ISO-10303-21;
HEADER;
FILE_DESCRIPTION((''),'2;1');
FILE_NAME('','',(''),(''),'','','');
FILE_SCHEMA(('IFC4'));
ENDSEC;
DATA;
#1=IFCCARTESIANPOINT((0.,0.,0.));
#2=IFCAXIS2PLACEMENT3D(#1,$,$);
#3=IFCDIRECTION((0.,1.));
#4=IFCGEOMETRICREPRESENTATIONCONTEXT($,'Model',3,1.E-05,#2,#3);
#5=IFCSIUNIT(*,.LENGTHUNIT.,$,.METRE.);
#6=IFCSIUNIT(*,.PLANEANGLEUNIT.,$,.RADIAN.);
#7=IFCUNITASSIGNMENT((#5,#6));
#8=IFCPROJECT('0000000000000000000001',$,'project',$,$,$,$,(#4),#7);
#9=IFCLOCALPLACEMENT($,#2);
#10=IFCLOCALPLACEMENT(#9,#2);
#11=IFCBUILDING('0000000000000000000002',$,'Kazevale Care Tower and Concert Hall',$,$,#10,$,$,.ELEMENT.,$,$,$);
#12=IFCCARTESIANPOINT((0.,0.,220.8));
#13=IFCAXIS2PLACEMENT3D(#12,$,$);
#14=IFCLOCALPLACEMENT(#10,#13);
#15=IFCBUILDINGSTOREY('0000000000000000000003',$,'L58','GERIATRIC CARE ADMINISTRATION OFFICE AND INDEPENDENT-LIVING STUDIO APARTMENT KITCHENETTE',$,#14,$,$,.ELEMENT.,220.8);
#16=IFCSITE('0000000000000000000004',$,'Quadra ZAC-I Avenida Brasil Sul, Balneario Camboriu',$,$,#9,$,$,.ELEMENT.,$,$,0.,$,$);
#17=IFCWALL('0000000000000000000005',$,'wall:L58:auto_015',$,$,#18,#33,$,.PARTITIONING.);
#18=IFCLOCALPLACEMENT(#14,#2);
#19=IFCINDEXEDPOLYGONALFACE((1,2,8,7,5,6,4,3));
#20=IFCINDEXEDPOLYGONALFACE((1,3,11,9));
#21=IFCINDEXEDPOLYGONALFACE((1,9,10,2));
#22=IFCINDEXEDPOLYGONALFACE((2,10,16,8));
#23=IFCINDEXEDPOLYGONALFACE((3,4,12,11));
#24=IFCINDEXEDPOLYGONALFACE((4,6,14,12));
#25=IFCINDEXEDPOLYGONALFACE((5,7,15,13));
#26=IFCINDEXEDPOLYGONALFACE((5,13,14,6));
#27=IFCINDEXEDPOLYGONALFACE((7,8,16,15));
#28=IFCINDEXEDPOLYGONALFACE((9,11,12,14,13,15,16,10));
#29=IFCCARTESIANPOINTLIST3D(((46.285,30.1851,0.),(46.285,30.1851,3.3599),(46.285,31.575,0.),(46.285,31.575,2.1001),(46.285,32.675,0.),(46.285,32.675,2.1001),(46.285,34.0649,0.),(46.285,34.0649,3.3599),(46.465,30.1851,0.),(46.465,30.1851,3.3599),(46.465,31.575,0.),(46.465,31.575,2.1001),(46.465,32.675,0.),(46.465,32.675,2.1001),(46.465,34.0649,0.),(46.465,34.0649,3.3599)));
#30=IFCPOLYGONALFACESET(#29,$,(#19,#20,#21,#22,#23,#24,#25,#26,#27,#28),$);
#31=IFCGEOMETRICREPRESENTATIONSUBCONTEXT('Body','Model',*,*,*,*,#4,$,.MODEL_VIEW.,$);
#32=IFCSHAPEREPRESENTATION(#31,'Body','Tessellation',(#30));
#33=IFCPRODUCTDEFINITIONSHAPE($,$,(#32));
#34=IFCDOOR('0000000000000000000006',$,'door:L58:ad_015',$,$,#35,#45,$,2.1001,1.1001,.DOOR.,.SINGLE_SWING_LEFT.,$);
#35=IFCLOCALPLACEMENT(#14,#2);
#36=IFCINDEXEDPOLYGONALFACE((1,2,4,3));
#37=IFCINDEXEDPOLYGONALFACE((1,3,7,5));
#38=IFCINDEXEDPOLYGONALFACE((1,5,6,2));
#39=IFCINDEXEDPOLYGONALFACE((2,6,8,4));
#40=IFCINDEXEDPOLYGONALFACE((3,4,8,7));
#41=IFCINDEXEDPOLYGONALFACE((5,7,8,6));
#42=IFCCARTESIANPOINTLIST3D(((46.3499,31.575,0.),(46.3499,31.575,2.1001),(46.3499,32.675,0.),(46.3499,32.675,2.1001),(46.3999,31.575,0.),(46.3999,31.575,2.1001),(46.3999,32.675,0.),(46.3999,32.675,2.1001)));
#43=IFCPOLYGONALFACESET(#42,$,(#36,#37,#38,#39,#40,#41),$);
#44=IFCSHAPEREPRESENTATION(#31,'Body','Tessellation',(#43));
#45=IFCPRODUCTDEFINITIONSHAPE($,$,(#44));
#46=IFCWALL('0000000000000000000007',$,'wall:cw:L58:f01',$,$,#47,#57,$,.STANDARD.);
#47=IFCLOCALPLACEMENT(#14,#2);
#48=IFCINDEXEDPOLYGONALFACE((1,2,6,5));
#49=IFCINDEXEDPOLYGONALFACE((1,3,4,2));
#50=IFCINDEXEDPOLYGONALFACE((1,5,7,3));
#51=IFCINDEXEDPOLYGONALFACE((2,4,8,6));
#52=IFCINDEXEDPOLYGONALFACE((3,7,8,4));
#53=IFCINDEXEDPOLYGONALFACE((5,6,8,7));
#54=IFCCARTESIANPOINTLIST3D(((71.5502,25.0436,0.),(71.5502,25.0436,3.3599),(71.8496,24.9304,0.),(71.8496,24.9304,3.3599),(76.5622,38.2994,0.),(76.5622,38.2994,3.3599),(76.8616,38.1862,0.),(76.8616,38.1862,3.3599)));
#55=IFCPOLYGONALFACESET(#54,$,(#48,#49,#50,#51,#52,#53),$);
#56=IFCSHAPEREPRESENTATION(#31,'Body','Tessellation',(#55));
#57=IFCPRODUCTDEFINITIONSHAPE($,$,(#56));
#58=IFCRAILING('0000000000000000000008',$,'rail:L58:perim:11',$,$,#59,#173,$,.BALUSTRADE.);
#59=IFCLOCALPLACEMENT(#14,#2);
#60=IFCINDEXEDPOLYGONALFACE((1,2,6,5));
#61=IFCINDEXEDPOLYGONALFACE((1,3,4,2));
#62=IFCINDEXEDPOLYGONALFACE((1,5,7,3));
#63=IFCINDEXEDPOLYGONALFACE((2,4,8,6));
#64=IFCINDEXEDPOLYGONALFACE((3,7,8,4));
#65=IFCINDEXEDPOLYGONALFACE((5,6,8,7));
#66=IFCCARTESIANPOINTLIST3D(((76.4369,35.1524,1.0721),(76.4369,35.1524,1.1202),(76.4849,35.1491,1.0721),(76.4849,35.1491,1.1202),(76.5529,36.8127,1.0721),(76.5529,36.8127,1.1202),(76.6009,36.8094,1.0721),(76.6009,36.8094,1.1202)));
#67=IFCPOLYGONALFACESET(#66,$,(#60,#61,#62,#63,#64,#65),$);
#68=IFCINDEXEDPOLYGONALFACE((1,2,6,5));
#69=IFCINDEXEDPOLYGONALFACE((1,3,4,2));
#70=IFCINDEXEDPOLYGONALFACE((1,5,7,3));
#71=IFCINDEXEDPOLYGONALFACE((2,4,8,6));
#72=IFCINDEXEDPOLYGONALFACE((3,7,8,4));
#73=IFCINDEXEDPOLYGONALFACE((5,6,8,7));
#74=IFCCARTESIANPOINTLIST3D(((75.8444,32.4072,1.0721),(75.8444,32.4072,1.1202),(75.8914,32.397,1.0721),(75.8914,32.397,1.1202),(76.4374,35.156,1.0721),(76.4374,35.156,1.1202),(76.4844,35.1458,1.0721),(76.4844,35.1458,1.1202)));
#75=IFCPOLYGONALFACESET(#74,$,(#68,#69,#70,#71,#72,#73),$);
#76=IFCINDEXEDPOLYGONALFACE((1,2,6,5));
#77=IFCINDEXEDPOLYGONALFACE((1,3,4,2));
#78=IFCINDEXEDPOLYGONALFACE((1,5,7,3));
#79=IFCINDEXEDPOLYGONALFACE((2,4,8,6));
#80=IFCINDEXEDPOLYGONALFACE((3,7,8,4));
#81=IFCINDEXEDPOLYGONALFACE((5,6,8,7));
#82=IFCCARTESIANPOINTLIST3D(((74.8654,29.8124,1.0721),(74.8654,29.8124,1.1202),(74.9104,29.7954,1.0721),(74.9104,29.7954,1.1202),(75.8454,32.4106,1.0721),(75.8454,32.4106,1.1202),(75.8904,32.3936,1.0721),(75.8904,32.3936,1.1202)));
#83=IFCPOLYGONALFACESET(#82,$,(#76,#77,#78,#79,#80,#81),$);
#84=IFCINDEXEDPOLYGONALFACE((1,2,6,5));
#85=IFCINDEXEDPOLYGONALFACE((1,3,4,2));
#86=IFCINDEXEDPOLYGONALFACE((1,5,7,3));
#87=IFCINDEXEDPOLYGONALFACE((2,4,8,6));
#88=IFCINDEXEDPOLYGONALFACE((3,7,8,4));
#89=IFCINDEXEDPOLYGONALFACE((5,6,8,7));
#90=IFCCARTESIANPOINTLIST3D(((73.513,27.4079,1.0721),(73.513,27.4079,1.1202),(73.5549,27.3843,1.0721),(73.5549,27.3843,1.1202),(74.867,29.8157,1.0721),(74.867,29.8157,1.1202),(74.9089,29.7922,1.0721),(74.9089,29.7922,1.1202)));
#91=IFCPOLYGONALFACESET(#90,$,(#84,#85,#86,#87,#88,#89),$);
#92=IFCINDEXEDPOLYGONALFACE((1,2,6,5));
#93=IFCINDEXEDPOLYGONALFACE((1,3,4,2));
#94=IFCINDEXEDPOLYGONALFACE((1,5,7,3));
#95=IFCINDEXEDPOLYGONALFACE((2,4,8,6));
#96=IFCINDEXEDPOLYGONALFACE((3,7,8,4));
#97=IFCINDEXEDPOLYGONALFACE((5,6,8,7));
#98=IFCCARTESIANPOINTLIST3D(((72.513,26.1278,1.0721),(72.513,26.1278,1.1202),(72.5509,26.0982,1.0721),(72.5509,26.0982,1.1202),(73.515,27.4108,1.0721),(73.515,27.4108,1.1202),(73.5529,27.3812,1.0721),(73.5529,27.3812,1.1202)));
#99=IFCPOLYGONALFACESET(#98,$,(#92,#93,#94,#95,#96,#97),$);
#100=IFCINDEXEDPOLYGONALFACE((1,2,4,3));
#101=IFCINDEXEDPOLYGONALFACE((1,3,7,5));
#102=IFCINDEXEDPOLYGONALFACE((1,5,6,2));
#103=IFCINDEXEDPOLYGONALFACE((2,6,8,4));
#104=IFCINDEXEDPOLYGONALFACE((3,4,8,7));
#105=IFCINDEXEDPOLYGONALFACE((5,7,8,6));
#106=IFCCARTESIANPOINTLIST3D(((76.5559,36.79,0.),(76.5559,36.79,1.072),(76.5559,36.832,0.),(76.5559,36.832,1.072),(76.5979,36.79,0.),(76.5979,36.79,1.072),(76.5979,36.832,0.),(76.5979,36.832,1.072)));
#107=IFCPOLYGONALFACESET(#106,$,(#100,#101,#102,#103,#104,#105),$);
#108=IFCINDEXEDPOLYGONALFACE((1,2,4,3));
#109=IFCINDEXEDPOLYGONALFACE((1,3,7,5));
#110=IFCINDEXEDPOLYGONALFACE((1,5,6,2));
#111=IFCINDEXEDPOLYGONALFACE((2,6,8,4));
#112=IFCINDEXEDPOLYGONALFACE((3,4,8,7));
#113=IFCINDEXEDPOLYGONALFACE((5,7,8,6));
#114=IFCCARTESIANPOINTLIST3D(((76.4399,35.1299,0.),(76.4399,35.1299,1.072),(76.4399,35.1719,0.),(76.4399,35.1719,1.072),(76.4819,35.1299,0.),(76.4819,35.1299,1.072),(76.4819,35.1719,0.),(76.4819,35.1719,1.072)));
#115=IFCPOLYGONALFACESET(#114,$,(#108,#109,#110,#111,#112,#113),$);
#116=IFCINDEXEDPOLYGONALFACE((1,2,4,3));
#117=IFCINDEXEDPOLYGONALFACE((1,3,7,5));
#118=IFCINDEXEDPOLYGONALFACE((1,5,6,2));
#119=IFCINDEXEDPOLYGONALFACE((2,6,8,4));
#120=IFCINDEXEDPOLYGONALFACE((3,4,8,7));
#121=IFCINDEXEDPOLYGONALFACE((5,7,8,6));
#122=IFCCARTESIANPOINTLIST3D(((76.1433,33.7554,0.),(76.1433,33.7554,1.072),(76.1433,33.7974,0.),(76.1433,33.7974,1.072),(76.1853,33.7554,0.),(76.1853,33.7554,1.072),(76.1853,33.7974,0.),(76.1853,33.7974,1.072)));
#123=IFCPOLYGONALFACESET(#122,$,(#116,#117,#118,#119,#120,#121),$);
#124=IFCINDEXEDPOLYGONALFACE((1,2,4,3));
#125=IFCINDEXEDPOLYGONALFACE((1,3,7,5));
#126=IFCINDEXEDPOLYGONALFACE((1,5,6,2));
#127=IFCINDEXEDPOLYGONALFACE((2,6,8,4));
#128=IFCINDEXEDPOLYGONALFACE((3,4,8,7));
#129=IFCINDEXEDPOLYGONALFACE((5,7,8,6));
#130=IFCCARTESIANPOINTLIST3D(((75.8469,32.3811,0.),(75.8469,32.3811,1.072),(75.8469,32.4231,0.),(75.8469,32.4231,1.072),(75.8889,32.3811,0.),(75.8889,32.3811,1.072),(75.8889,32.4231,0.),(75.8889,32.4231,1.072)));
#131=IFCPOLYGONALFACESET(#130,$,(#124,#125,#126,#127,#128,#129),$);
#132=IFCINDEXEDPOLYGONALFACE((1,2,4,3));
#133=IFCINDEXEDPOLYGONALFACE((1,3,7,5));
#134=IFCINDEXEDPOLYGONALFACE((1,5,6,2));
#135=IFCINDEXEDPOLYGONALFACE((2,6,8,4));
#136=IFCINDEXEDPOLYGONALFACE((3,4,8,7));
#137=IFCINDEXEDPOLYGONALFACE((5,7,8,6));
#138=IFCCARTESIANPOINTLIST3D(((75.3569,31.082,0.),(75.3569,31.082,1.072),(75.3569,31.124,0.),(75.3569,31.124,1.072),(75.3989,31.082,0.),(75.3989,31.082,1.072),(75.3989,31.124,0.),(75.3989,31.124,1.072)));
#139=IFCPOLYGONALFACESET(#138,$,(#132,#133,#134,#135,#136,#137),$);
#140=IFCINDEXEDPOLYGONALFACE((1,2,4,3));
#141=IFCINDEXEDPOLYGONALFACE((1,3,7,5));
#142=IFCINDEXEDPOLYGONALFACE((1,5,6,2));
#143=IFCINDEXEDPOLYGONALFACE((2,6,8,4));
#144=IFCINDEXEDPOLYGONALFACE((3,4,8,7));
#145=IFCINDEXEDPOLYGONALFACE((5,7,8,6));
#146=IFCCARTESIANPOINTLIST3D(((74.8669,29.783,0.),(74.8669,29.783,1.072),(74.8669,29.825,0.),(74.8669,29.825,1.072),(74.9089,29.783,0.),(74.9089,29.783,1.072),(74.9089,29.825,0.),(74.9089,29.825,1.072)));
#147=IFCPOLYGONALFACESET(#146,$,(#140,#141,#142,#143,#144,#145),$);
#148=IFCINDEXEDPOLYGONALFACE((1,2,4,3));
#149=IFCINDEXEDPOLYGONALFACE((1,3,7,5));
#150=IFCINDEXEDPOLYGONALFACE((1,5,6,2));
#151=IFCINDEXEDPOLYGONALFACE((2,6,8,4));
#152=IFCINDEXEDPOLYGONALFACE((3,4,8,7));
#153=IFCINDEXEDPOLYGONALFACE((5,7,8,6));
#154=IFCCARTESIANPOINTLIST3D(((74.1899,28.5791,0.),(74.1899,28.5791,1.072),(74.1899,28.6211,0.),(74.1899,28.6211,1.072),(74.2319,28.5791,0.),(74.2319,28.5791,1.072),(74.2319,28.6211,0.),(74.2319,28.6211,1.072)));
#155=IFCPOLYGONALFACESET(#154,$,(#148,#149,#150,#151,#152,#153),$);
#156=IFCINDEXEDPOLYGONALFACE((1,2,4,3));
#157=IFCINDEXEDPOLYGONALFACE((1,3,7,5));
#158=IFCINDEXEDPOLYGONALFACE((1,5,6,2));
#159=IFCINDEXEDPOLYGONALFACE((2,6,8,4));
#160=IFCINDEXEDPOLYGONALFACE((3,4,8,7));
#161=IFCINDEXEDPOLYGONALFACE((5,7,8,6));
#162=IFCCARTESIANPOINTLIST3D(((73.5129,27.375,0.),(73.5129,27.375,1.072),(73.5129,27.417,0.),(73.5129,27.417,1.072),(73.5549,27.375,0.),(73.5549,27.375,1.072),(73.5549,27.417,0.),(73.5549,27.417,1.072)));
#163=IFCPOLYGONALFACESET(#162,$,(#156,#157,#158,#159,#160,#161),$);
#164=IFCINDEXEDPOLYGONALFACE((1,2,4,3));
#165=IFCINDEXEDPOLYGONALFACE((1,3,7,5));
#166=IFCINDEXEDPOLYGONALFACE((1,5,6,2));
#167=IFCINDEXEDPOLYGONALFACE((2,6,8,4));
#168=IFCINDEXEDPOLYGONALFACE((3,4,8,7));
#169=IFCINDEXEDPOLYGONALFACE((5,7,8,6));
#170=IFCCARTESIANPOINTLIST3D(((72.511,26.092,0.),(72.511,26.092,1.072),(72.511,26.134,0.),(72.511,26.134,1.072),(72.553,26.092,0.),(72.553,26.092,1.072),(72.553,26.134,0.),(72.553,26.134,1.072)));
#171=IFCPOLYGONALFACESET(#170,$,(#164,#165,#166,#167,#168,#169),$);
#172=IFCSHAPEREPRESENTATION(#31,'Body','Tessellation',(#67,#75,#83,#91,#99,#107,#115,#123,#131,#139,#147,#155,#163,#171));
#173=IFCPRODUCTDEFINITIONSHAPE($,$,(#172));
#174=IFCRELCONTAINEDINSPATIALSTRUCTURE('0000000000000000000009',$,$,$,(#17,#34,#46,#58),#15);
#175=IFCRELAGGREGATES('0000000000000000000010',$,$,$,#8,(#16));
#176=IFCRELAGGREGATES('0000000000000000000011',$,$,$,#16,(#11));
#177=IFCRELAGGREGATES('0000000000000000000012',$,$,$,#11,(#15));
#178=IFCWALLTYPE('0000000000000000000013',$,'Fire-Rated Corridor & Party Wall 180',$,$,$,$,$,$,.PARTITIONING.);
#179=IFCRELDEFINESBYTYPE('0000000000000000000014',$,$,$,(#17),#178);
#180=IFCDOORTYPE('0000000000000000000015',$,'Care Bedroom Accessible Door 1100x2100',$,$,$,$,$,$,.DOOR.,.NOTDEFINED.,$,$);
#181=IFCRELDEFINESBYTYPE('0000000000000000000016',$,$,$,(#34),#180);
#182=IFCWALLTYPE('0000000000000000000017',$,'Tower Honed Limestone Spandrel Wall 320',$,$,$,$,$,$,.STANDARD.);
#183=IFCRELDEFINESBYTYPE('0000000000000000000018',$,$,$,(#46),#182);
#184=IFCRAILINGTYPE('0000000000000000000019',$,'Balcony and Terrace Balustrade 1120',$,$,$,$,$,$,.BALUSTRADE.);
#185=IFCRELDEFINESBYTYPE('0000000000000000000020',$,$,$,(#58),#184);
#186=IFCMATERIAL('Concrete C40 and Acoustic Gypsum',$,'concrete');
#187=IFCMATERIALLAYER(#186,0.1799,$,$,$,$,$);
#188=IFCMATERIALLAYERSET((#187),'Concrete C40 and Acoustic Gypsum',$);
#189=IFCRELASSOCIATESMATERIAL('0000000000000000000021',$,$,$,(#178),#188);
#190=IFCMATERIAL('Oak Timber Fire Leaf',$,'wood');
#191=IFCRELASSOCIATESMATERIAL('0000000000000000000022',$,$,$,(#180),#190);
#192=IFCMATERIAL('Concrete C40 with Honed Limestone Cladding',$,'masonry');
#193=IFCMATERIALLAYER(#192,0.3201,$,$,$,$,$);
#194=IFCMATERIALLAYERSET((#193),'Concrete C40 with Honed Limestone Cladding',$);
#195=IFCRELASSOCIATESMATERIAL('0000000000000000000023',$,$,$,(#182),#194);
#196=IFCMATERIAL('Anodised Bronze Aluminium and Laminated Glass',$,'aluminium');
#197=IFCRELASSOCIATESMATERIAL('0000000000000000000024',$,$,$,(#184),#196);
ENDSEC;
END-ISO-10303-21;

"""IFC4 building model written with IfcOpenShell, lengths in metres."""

from ifc_helpers import new_model, si_unit, direction, frame, frame_2d, origin, origin_2d, place, context, subcontext, project, spatial, rectangle, extrude, material, layer, layer_set, type_object, element, fill, save


model = new_model("IFC4")

# Units and contexts
model_context = context("Model", 3, precision=1e-05, world=origin(), true_north=direction((0.0, 1.0)))
body_context = subcontext(model_context, "Body", "Model", "MODEL_VIEW")
ifc_project = project(units=[si_unit("LENGTHUNIT", "METRE"), si_unit("PLANEANGLEUNIT", "RADIAN")], contexts=[model_context])

# Site, building, storey
site_placement = place(None, origin())
site = spatial("IfcSite", under=ifc_project, at=site_placement, Name="Quadra ZAC-I Avenida Brasil Sul, Balneario Camboriu", CompositionType="ELEMENT", RefElevation=0.0)
building_placement = place(site_placement, origin())
building = spatial("IfcBuilding", under=site, at=building_placement, Name="Kazevale Care Tower and Concert Hall", CompositionType="ELEMENT")
storey_placement = place(building_placement, frame((0.0, 0.0, 220.8)))
storey = spatial("IfcBuildingStorey", under=building, at=storey_placement, Name="L58", Description="GERIATRIC CARE ADMINISTRATION OFFICE AND INDEPENDENT-LIVING STUDIO APARTMENT KITCHENETTE", CompositionType="ELEMENT", Elevation=220.8)

# Wall, opening, door
ifc_material_1 = material(Name="Concrete C40 and Acoustic Gypsum", Category="concrete")
ifc_layer_1 = layer(ifc_material_1, 0.1799)
ifc_layer_set_1 = layer_set([ifc_layer_1], Name="Concrete C40 and Acoustic Gypsum")
wall_type_1 = type_object("IfcWallType", Name="Fire-Rated Corridor & Party Wall 180", PredefinedType="PARTITIONING", material=ifc_layer_set_1)
ifc_material_2 = material(Name="Oak Timber Fire Leaf", Category="wood")
door_type = type_object("IfcDoorType", Name="Care Bedroom Accessible Door 1100x2100", OperationType="NOTDEFINED", PredefinedType="DOOR", material=ifc_material_2)
wall_1_placement = place(storey_placement, frame((46.375, 34.0649, 0.0), z_axis=(0.0, 0.0, 1.0), x_axis=(0.0, -1.0, 0.0)))
wall_1 = element("IfcWall", 1, at=wall_1_placement, inside=storey, type_object=wall_type_1, Name="wall:L58:auto_015", PredefinedType="PARTITIONING", context=body_context, shape_type="SweptSolid", body=[
    extrude(rectangle(XDim=3.8799, YDim=0.1799, at=frame_2d((1.9399, 0.0))), origin(), (0.0, 0.0, 1.0), 3.3599),
])
opening_1_placement = place(wall_1_placement, frame((1.3899, 0.0, 0.0)))
opening_1 = element("IfcOpeningElement", 2, at=opening_1_placement, cuts=wall_1, PredefinedType="OPENING", context=body_context, shape_type="SweptSolid", body=[
    extrude(rectangle(XDim=1.1001, YDim=2.1001, at=frame_2d((0.55, 1.05))), frame((0.0, 0.0999, 0.0), z_axis=(0.0, -1.0, 0.0), x_axis=(1.0, 0.0, 0.0)), (0.0, 0.0, 1.0), 0.2),
])
door_1_placement = place(opening_1_placement, origin())
door_1 = element("IfcDoor", 3, at=door_1_placement, inside=storey, type_object=door_type, Name="door:L58:ad_015", OperationType="SINGLE_SWING_LEFT", OverallHeight=2.1001, OverallWidth=1.1001, PredefinedType="DOOR", context=body_context, shape_type="SweptSolid", body=[
    extrude(rectangle(XDim=1.1001, YDim=2.1001, at=frame_2d((0.55, 1.05))), frame((0.0, 0.0249, 0.0), z_axis=(0.0, -1.0, 0.0), x_axis=(1.0, 0.0, 0.0)), (0.0, 0.0, 1.0), 0.05),
])
fill(opening_1, door_1)

# Wall
ifc_material_3 = material(Name="Concrete C40 with Honed Limestone Cladding", Category="masonry")
ifc_layer_2 = layer(ifc_material_3, 0.3201)
ifc_layer_set_2 = layer_set([ifc_layer_2], Name="Concrete C40 with Honed Limestone Cladding")
wall_type_2 = type_object("IfcWallType", Name="Tower Honed Limestone Spandrel Wall 320", PredefinedType="STANDARD", material=ifc_layer_set_2)
wall_2_placement = place(storey_placement, frame((76.7119, 38.2429, 0.0), z_axis=(0.0, 0.0, 1.0), x_axis=(-0.35366, -0.935374, 0.0)))
element("IfcWall", 4, at=wall_2_placement, inside=storey, type_object=wall_type_2, Name="wall:cw:L58:f01", PredefinedType="STANDARD", context=body_context, shape_type="SweptSolid", body=[
    extrude(rectangle(XDim=14.1716, YDim=0.3201, at=frame_2d((7.0859, 0.0))), origin(), (0.0, 0.0, 1.0), 3.3599),
])

# Railing
ifc_material_4 = material(Name="Anodised Bronze Aluminium and Laminated Glass", Category="aluminium")
railing_type = type_object("IfcRailingType", Name="Balcony and Terrace Balustrade 1120", PredefinedType="BALUSTRADE", material=ifc_material_4)
railing_1_placement = place(storey_placement, frame((76.5769, 36.811, 0.0)))
element("IfcRailing", 5, at=railing_1_placement, inside=storey, type_object=railing_type, Name="rail:L58:perim:11", PredefinedType="BALUSTRADE", context=body_context, shape_type="SweptSolid", body=[
    extrude(rectangle(XDim=0.0481, YDim=0.0481, at=origin_2d()), frame((0.0, 0.0, 1.0962), z_axis=(-0.069683, -0.997569, 0.0), x_axis=(0.997569, -0.069683, 0.0)), (0.0, 0.0, 1.0), 1.6643),
    extrude(rectangle(XDim=0.0481, YDim=0.0481, at=origin_2d()), frame((-0.116, -1.6602, 1.0962), z_axis=(-0.210887, -0.977511, 0.0), x_axis=(0.977511, -0.210887, 0.0)), (0.0, 0.0, 1.0), 2.812),
    extrude(rectangle(XDim=0.0481, YDim=0.0481, at=origin_2d()), frame((-0.709, -4.4089, 1.0962), z_axis=(-0.352915, -0.935655, 0.0), x_axis=(0.935655, -0.352915, 0.0)), (0.0, 0.0, 1.0), 2.7769),
    extrude(rectangle(XDim=0.0481, YDim=0.0481, at=origin_2d()), frame((-1.689, -7.0071, 1.0962), z_axis=(-0.490131, -0.871649, 0.0), x_axis=(0.871649, -0.490131, 0.0)), (0.0, 0.0, 1.0), 2.7625),
    extrude(rectangle(XDim=0.0481, YDim=0.0481, at=origin_2d()), frame((-3.043, -9.415, 1.0962), z_axis=(-0.615507, -0.788131, 0.0), x_axis=(0.788131, -0.615507, 0.0)), (0.0, 0.0, 1.0), 1.6279),
    extrude(rectangle(XDim=0.042, YDim=0.042, at=origin_2d()), origin(), (0.0, 0.0, 1.0), 1.072),
    extrude(rectangle(XDim=0.042, YDim=0.042, at=origin_2d()), frame((-0.116, -1.6602, 0.0)), (0.0, 0.0, 1.0), 1.072),
    extrude(rectangle(XDim=0.042, YDim=0.042, at=origin_2d()), frame((-0.4126, -3.0347, 0.0)), (0.0, 0.0, 1.0), 1.072),
    extrude(rectangle(XDim=0.042, YDim=0.042, at=origin_2d()), frame((-0.709, -4.4089, 0.0)), (0.0, 0.0, 1.0), 1.072),
    extrude(rectangle(XDim=0.042, YDim=0.042, at=origin_2d()), frame((-1.199, -5.708, 0.0)), (0.0, 0.0, 1.0), 1.072),
    extrude(rectangle(XDim=0.042, YDim=0.042, at=origin_2d()), frame((-1.689, -7.0071, 0.0)), (0.0, 0.0, 1.0), 1.072),
    extrude(rectangle(XDim=0.042, YDim=0.042, at=origin_2d()), frame((-2.366, -8.2109, 0.0)), (0.0, 0.0, 1.0), 1.072),
    extrude(rectangle(XDim=0.042, YDim=0.042, at=origin_2d()), frame((-3.043, -9.415, 0.0)), (0.0, 0.0, 1.0), 1.072),
    extrude(rectangle(XDim=0.042, YDim=0.042, at=origin_2d()), frame((-4.0449, -10.698, 0.0)), (0.0, 0.0, 1.0), 1.072),
])

save(model, "model.ifc")
